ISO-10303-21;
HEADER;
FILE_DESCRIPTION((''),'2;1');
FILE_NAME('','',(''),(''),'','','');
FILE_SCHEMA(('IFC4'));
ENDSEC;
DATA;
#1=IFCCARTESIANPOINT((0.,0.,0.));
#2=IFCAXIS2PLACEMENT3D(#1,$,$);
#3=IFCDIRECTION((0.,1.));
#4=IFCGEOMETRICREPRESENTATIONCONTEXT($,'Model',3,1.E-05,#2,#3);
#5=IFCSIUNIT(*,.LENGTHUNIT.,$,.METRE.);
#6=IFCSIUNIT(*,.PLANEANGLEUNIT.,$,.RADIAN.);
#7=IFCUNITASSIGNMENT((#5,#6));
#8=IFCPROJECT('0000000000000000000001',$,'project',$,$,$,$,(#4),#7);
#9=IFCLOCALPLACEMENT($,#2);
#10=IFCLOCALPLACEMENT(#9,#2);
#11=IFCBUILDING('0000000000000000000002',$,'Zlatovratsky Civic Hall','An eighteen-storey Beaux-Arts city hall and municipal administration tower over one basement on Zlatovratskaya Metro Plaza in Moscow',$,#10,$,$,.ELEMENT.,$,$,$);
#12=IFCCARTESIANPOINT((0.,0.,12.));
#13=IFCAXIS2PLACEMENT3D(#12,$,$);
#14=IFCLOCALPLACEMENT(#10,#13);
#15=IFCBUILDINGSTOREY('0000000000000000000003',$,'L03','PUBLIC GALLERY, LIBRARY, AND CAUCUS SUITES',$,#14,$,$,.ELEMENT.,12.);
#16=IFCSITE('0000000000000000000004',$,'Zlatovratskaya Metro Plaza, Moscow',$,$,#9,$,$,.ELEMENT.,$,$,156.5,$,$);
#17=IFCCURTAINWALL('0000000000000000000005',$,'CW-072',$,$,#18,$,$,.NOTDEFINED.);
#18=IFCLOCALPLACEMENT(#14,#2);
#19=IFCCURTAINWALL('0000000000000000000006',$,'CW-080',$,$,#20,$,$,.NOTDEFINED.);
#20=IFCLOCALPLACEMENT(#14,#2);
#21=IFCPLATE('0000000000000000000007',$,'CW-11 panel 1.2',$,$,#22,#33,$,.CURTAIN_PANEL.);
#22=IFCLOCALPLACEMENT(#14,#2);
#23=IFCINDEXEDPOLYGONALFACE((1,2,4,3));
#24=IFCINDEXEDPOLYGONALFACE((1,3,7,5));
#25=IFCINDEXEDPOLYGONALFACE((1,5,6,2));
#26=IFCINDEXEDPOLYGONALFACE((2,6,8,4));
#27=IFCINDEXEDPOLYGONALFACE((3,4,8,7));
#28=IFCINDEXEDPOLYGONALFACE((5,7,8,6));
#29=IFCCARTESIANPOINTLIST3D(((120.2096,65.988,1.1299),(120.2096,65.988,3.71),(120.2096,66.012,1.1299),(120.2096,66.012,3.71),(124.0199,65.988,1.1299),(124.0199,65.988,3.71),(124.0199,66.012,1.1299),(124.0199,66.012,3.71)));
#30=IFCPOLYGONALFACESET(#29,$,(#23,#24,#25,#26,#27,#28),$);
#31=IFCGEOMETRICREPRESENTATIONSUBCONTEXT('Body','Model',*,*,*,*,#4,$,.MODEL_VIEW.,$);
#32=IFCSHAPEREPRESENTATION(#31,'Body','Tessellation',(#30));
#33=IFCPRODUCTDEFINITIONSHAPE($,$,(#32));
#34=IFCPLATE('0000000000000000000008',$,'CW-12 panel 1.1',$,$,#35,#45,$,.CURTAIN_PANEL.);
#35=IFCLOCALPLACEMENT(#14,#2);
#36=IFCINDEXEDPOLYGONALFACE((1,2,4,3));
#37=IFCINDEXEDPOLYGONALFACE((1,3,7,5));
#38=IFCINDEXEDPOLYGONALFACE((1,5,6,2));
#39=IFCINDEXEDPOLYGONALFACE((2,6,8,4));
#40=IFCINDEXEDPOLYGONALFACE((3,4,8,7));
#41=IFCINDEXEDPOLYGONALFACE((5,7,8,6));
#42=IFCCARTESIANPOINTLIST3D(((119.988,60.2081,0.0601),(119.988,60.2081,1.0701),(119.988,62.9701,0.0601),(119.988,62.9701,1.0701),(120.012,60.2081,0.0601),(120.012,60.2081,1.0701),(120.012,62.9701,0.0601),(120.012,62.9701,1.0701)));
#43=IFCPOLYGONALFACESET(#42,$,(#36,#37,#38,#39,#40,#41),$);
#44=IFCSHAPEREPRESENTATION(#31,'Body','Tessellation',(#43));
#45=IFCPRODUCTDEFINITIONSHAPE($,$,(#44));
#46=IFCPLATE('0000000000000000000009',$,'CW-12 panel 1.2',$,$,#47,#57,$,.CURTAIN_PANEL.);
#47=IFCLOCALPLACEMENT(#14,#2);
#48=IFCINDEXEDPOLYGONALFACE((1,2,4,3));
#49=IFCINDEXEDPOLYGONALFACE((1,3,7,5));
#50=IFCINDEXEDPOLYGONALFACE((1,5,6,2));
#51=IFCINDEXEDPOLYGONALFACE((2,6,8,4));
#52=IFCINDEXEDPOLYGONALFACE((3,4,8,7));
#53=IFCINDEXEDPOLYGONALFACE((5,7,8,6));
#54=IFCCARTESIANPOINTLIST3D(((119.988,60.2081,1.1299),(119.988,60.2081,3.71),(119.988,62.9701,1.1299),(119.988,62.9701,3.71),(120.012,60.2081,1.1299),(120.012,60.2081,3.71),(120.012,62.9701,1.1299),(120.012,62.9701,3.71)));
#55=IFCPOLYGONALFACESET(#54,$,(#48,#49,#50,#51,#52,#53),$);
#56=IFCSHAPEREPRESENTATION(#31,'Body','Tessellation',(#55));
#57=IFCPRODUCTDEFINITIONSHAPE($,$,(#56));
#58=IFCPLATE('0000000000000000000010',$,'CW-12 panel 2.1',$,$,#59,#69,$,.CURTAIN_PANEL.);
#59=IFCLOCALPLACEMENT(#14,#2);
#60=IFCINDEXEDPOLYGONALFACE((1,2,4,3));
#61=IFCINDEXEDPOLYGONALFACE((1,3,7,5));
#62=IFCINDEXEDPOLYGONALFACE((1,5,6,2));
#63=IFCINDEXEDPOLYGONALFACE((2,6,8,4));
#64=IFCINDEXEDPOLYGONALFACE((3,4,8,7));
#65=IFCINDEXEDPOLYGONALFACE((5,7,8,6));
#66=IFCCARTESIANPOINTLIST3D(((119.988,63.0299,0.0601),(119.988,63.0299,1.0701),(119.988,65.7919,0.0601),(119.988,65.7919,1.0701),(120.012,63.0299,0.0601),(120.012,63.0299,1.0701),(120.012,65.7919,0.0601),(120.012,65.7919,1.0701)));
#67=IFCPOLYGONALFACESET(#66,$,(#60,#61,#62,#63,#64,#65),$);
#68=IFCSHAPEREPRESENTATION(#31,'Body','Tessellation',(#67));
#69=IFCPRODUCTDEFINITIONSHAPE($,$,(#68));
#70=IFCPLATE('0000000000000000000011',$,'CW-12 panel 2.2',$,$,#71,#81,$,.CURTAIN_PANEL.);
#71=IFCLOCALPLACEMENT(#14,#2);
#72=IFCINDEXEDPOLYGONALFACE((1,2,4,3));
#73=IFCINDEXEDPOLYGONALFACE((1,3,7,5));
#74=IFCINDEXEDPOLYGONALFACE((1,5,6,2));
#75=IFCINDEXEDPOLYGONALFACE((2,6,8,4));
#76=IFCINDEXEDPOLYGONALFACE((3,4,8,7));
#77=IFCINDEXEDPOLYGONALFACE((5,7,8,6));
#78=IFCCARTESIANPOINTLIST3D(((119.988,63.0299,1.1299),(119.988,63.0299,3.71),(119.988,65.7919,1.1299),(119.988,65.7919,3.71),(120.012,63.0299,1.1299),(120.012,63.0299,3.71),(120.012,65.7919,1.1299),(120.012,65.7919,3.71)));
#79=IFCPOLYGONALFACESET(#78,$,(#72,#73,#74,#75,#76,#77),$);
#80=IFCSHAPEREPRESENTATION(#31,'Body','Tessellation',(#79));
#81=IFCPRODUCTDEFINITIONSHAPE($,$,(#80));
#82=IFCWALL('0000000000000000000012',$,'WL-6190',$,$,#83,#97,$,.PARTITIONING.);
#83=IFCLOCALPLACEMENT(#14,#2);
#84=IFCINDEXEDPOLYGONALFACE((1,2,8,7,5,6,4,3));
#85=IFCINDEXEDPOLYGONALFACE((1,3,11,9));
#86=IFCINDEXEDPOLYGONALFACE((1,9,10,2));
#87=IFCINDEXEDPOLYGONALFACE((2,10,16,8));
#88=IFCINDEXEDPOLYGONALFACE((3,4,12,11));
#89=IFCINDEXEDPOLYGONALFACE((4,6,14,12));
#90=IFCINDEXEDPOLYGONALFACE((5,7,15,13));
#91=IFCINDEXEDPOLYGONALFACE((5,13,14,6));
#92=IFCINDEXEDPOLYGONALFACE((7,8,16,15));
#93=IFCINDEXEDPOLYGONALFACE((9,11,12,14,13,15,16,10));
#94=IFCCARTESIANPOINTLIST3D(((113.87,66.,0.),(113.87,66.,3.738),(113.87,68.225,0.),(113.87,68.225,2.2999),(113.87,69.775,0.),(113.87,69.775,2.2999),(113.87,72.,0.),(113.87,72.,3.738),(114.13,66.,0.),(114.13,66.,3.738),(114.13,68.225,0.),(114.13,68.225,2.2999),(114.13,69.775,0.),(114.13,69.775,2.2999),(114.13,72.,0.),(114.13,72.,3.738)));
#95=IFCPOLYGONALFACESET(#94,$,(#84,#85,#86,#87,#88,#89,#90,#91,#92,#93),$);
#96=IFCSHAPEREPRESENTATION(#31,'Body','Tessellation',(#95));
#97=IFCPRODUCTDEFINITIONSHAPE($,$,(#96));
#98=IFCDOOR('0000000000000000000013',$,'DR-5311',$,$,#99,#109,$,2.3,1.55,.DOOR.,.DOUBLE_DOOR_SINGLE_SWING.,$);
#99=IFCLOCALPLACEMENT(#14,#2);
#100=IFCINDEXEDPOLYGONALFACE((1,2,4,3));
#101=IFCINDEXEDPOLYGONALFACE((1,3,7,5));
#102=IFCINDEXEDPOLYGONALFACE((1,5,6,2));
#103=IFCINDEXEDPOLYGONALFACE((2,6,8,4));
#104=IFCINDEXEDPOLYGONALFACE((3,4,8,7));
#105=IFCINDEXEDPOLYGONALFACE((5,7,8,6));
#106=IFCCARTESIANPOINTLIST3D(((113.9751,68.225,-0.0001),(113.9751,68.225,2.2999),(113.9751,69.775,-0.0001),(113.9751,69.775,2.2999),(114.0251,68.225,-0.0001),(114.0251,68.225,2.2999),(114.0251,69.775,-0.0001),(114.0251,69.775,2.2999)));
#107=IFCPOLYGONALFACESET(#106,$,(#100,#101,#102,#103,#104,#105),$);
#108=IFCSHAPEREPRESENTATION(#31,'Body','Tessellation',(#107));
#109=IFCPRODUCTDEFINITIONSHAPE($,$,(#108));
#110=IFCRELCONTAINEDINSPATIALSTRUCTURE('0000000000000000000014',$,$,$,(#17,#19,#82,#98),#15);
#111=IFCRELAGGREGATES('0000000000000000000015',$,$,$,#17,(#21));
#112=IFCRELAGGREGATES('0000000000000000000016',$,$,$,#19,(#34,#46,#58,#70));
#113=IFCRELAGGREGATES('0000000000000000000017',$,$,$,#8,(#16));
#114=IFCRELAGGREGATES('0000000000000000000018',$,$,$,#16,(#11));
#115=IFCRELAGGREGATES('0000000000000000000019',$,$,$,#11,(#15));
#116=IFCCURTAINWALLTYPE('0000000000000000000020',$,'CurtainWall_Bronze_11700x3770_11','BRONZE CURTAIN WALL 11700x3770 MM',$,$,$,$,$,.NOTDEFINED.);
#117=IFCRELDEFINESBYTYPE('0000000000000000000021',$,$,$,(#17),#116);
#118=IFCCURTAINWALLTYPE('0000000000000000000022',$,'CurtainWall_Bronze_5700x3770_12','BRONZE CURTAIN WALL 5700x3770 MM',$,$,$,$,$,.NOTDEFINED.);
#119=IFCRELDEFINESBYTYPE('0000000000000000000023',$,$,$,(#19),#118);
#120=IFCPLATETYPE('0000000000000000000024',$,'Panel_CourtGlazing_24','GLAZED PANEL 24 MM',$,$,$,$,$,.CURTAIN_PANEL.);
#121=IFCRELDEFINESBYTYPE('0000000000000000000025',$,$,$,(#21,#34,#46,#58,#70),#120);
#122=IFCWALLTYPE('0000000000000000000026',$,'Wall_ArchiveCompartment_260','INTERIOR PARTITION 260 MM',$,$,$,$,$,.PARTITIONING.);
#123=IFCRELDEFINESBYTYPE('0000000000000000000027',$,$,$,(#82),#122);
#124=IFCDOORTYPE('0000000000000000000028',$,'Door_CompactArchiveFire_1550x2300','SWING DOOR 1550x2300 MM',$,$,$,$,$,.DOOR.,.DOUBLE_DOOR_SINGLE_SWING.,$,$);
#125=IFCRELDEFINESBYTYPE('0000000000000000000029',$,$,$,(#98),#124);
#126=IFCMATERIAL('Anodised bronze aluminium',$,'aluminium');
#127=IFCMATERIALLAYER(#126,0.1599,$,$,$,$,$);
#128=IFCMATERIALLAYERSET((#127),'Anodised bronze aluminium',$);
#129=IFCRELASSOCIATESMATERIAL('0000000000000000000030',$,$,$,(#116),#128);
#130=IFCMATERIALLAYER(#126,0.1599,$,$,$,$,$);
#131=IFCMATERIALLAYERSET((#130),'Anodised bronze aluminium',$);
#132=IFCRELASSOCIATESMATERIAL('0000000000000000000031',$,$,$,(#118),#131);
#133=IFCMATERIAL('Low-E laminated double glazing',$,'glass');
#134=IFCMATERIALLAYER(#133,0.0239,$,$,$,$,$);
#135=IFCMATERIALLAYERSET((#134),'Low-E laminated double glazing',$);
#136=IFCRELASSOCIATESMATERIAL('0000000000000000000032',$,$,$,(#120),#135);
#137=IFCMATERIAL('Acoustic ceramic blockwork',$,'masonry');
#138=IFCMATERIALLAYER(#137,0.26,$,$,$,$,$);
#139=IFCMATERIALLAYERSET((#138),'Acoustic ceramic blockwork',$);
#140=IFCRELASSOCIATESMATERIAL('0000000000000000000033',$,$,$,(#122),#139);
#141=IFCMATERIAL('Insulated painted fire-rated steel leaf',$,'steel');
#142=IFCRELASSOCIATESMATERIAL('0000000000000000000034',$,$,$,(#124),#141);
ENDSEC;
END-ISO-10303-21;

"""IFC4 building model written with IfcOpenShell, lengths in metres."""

from ifc_helpers import new_model, si_unit, direction, frame, frame_2d, origin, origin_2d, place, context, subcontext, project, spatial, rectangle, extrude, material, layer, layer_set, type_object, element, fill, aggregate, save


model = new_model("IFC4")

# Units and contexts
model_context = context("Model", 3, precision=1e-05, world=origin(), true_north=direction((0.0, 1.0)))
body_context = subcontext(model_context, "Body", "Model", "MODEL_VIEW")
ifc_project = project(units=[si_unit("LENGTHUNIT", "METRE"), si_unit("PLANEANGLEUNIT", "RADIAN")], contexts=[model_context])

# Site, building, storey
site_placement = place(None, origin())
site = spatial("IfcSite", under=ifc_project, at=site_placement, Name="Zlatovratskaya Metro Plaza, Moscow", CompositionType="ELEMENT", RefElevation=156.5)
building_placement = place(site_placement, origin())
building = spatial("IfcBuilding", under=site, at=building_placement, Name="Zlatovratsky Civic Hall", Description="An eighteen-storey Beaux-Arts city hall and municipal administration tower over one basement on Zlatovratskaya Metro Plaza in Moscow", CompositionType="ELEMENT")
storey_placement = place(building_placement, frame((0.0, 0.0, 12.0)))
storey = spatial("IfcBuildingStorey", under=building, at=storey_placement, Name="L03", Description="PUBLIC GALLERY, LIBRARY, AND CAUCUS SUITES", CompositionType="ELEMENT", Elevation=12.0)

# Curtain wall
ifc_material_1 = material(Name="Anodised bronze aluminium", Category="aluminium")
ifc_layer_1 = layer(ifc_material_1, 0.1599)
ifc_layer_set_1 = layer_set([ifc_layer_1], Name="Anodised bronze aluminium")
curtain_wall_type_1 = type_object("IfcCurtainWallType", Name="CurtainWall_Bronze_11700x3770_11", Description="BRONZE CURTAIN WALL 11700x3770 MM", PredefinedType="NOTDEFINED", material=ifc_layer_set_1)
curtain_wall_1_placement = place(storey_placement, origin())
curtain_wall_1 = element("IfcCurtainWall", 1, at=curtain_wall_1_placement, inside=storey, type_object=curtain_wall_type_1, Name="CW-072", PredefinedType="NOTDEFINED")

# Curtain wall
ifc_layer_2 = layer(ifc_material_1, 0.1599)
ifc_layer_set_2 = layer_set([ifc_layer_2], Name="Anodised bronze aluminium")
curtain_wall_type_2 = type_object("IfcCurtainWallType", Name="CurtainWall_Bronze_5700x3770_12", Description="BRONZE CURTAIN WALL 5700x3770 MM", PredefinedType="NOTDEFINED", material=ifc_layer_set_2)
curtain_wall_2_placement = place(storey_placement, origin())
curtain_wall_2 = element("IfcCurtainWall", 2, at=curtain_wall_2_placement, inside=storey, type_object=curtain_wall_type_2, Name="CW-080", PredefinedType="NOTDEFINED")

# Plates
ifc_material_2 = material(Name="Low-E laminated double glazing", Category="glass")
ifc_layer_3 = layer(ifc_material_2, 0.0239)
ifc_layer_set_3 = layer_set([ifc_layer_3], Name="Low-E laminated double glazing")
plate_type = type_object("IfcPlateType", Name="Panel_CourtGlazing_24", Description="GLAZED PANEL 24 MM", PredefinedType="CURTAIN_PANEL", material=ifc_layer_set_3)
plate_1_placement = place(storey_placement, frame((122.1147, 66.0, 1.1299), z_axis=(0.0, 0.0, 1.0), x_axis=(1.0, 0.0, 0.0)))
plate_1 = element("IfcPlate", 3, at=plate_1_placement, type_object=plate_type, Name="CW-11 panel 1.2", PredefinedType="CURTAIN_PANEL", context=body_context, shape_type="SweptSolid", body=[
    extrude(rectangle(XDim=3.8103, YDim=0.0239, at=origin_2d()), origin(), (0.0, 0.0, 1.0), 2.5801),
])
aggregate(curtain_wall_1, [plate_1])
plate_2_placement = place(storey_placement, frame((120.0, 61.5891, 0.0601), z_axis=(0.0, 0.0, 1.0), x_axis=(0.0, 1.0, 0.0)))
plate_2 = element("IfcPlate", 4, at=plate_2_placement, type_object=plate_type, Name="CW-12 panel 1.1", PredefinedType="CURTAIN_PANEL", context=body_context, shape_type="SweptSolid", body=[
    extrude(rectangle(XDim=2.762, YDim=0.0239, at=origin_2d()), origin(), (0.0, 0.0, 1.0), 1.01),
])
plate_3_placement = place(storey_placement, frame((120.0, 61.5891, 1.1299), z_axis=(0.0, 0.0, 1.0), x_axis=(0.0, 1.0, 0.0)))
plate_3 = element("IfcPlate", 5, at=plate_3_placement, type_object=plate_type, Name="CW-12 panel 1.2", PredefinedType="CURTAIN_PANEL", context=body_context, shape_type="SweptSolid", body=[
    extrude(rectangle(XDim=2.762, YDim=0.0239, at=origin_2d()), origin(), (0.0, 0.0, 1.0), 2.5801),
])
plate_4_placement = place(storey_placement, frame((120.0, 64.4109, 0.0601), z_axis=(0.0, 0.0, 1.0), x_axis=(0.0, 1.0, 0.0)))
plate_4 = element("IfcPlate", 6, at=plate_4_placement, type_object=plate_type, Name="CW-12 panel 2.1", PredefinedType="CURTAIN_PANEL", context=body_context, shape_type="SweptSolid", body=[
    extrude(rectangle(XDim=2.762, YDim=0.0239, at=origin_2d()), origin(), (0.0, 0.0, 1.0), 1.01),
])
plate_5_placement = place(storey_placement, frame((120.0, 64.4109, 1.1299), z_axis=(0.0, 0.0, 1.0), x_axis=(0.0, 1.0, 0.0)))
plate_5 = element("IfcPlate", 7, at=plate_5_placement, type_object=plate_type, Name="CW-12 panel 2.2", PredefinedType="CURTAIN_PANEL", context=body_context, shape_type="SweptSolid", body=[
    extrude(rectangle(XDim=2.762, YDim=0.0239, at=origin_2d()), origin(), (0.0, 0.0, 1.0), 2.5801),
])
aggregate(curtain_wall_2, [plate_2, plate_3, plate_4, plate_5])

# Wall, opening, door
ifc_material_3 = material(Name="Acoustic ceramic blockwork", Category="masonry")
ifc_layer_4 = layer(ifc_material_3, 0.26)
ifc_layer_set_4 = layer_set([ifc_layer_4], Name="Acoustic ceramic blockwork")
wall_type = type_object("IfcWallType", Name="Wall_ArchiveCompartment_260", Description="INTERIOR PARTITION 260 MM", PredefinedType="PARTITIONING", material=ifc_layer_set_4)
wall_placement = place(storey_placement, frame((114.0, 66.0, 0.0), z_axis=(0.0, 0.0, 1.0), x_axis=(0.0, 1.0, 0.0)))
wall = element("IfcWall", 8, at=wall_placement, inside=storey, type_object=wall_type, Name="WL-6190", PredefinedType="PARTITIONING", context=body_context, shape_type="SweptSolid", body=[
    extrude(rectangle(XDim=6.0, YDim=0.26, at=frame_2d((3.0, 0.0))), origin(), (0.0, 0.0, 1.0), 3.738),
])
opening_placement = place(wall_placement, frame((2.2251, 0.0, 0.0)))
opening = element("IfcOpeningElement", 9, at=opening_placement, cuts=wall, PredefinedType="OPENING", context=body_context, shape_type="SweptSolid", body=[
    extrude(rectangle(XDim=1.55, YDim=2.3, at=frame_2d((0.7749, 1.1499))), frame((0.0, 0.145, 0.0), z_axis=(0.0, -1.0, 0.0), x_axis=(1.0, 0.0, 0.0)), (0.0, 0.0, 1.0), 0.2898),
])
ifc_material_4 = material(Name="Insulated painted fire-rated steel leaf", Category="steel")
door_type = type_object("IfcDoorType", Name="Door_CompactArchiveFire_1550x2300", Description="SWING DOOR 1550x2300 MM", OperationType="DOUBLE_DOOR_SINGLE_SWING", PredefinedType="DOOR", material=ifc_material_4)
door_placement = place(opening_placement, origin())
door = element("IfcDoor", 10, at=door_placement, inside=storey, type_object=door_type, Name="DR-5311", OperationType="DOUBLE_DOOR_SINGLE_SWING", OverallHeight=2.3, OverallWidth=1.55, PredefinedType="DOOR", context=body_context, shape_type="SweptSolid", body=[
    extrude(rectangle(XDim=1.55, YDim=2.3, at=frame_2d((0.7749, 1.1499))), frame((0.0, 0.0249, 0.0), z_axis=(0.0, -1.0, 0.0), x_axis=(1.0, 0.0, 0.0)), (0.0, 0.0, 1.0), 0.05),
])
fill(opening, door)

save(model, "model.ifc")
